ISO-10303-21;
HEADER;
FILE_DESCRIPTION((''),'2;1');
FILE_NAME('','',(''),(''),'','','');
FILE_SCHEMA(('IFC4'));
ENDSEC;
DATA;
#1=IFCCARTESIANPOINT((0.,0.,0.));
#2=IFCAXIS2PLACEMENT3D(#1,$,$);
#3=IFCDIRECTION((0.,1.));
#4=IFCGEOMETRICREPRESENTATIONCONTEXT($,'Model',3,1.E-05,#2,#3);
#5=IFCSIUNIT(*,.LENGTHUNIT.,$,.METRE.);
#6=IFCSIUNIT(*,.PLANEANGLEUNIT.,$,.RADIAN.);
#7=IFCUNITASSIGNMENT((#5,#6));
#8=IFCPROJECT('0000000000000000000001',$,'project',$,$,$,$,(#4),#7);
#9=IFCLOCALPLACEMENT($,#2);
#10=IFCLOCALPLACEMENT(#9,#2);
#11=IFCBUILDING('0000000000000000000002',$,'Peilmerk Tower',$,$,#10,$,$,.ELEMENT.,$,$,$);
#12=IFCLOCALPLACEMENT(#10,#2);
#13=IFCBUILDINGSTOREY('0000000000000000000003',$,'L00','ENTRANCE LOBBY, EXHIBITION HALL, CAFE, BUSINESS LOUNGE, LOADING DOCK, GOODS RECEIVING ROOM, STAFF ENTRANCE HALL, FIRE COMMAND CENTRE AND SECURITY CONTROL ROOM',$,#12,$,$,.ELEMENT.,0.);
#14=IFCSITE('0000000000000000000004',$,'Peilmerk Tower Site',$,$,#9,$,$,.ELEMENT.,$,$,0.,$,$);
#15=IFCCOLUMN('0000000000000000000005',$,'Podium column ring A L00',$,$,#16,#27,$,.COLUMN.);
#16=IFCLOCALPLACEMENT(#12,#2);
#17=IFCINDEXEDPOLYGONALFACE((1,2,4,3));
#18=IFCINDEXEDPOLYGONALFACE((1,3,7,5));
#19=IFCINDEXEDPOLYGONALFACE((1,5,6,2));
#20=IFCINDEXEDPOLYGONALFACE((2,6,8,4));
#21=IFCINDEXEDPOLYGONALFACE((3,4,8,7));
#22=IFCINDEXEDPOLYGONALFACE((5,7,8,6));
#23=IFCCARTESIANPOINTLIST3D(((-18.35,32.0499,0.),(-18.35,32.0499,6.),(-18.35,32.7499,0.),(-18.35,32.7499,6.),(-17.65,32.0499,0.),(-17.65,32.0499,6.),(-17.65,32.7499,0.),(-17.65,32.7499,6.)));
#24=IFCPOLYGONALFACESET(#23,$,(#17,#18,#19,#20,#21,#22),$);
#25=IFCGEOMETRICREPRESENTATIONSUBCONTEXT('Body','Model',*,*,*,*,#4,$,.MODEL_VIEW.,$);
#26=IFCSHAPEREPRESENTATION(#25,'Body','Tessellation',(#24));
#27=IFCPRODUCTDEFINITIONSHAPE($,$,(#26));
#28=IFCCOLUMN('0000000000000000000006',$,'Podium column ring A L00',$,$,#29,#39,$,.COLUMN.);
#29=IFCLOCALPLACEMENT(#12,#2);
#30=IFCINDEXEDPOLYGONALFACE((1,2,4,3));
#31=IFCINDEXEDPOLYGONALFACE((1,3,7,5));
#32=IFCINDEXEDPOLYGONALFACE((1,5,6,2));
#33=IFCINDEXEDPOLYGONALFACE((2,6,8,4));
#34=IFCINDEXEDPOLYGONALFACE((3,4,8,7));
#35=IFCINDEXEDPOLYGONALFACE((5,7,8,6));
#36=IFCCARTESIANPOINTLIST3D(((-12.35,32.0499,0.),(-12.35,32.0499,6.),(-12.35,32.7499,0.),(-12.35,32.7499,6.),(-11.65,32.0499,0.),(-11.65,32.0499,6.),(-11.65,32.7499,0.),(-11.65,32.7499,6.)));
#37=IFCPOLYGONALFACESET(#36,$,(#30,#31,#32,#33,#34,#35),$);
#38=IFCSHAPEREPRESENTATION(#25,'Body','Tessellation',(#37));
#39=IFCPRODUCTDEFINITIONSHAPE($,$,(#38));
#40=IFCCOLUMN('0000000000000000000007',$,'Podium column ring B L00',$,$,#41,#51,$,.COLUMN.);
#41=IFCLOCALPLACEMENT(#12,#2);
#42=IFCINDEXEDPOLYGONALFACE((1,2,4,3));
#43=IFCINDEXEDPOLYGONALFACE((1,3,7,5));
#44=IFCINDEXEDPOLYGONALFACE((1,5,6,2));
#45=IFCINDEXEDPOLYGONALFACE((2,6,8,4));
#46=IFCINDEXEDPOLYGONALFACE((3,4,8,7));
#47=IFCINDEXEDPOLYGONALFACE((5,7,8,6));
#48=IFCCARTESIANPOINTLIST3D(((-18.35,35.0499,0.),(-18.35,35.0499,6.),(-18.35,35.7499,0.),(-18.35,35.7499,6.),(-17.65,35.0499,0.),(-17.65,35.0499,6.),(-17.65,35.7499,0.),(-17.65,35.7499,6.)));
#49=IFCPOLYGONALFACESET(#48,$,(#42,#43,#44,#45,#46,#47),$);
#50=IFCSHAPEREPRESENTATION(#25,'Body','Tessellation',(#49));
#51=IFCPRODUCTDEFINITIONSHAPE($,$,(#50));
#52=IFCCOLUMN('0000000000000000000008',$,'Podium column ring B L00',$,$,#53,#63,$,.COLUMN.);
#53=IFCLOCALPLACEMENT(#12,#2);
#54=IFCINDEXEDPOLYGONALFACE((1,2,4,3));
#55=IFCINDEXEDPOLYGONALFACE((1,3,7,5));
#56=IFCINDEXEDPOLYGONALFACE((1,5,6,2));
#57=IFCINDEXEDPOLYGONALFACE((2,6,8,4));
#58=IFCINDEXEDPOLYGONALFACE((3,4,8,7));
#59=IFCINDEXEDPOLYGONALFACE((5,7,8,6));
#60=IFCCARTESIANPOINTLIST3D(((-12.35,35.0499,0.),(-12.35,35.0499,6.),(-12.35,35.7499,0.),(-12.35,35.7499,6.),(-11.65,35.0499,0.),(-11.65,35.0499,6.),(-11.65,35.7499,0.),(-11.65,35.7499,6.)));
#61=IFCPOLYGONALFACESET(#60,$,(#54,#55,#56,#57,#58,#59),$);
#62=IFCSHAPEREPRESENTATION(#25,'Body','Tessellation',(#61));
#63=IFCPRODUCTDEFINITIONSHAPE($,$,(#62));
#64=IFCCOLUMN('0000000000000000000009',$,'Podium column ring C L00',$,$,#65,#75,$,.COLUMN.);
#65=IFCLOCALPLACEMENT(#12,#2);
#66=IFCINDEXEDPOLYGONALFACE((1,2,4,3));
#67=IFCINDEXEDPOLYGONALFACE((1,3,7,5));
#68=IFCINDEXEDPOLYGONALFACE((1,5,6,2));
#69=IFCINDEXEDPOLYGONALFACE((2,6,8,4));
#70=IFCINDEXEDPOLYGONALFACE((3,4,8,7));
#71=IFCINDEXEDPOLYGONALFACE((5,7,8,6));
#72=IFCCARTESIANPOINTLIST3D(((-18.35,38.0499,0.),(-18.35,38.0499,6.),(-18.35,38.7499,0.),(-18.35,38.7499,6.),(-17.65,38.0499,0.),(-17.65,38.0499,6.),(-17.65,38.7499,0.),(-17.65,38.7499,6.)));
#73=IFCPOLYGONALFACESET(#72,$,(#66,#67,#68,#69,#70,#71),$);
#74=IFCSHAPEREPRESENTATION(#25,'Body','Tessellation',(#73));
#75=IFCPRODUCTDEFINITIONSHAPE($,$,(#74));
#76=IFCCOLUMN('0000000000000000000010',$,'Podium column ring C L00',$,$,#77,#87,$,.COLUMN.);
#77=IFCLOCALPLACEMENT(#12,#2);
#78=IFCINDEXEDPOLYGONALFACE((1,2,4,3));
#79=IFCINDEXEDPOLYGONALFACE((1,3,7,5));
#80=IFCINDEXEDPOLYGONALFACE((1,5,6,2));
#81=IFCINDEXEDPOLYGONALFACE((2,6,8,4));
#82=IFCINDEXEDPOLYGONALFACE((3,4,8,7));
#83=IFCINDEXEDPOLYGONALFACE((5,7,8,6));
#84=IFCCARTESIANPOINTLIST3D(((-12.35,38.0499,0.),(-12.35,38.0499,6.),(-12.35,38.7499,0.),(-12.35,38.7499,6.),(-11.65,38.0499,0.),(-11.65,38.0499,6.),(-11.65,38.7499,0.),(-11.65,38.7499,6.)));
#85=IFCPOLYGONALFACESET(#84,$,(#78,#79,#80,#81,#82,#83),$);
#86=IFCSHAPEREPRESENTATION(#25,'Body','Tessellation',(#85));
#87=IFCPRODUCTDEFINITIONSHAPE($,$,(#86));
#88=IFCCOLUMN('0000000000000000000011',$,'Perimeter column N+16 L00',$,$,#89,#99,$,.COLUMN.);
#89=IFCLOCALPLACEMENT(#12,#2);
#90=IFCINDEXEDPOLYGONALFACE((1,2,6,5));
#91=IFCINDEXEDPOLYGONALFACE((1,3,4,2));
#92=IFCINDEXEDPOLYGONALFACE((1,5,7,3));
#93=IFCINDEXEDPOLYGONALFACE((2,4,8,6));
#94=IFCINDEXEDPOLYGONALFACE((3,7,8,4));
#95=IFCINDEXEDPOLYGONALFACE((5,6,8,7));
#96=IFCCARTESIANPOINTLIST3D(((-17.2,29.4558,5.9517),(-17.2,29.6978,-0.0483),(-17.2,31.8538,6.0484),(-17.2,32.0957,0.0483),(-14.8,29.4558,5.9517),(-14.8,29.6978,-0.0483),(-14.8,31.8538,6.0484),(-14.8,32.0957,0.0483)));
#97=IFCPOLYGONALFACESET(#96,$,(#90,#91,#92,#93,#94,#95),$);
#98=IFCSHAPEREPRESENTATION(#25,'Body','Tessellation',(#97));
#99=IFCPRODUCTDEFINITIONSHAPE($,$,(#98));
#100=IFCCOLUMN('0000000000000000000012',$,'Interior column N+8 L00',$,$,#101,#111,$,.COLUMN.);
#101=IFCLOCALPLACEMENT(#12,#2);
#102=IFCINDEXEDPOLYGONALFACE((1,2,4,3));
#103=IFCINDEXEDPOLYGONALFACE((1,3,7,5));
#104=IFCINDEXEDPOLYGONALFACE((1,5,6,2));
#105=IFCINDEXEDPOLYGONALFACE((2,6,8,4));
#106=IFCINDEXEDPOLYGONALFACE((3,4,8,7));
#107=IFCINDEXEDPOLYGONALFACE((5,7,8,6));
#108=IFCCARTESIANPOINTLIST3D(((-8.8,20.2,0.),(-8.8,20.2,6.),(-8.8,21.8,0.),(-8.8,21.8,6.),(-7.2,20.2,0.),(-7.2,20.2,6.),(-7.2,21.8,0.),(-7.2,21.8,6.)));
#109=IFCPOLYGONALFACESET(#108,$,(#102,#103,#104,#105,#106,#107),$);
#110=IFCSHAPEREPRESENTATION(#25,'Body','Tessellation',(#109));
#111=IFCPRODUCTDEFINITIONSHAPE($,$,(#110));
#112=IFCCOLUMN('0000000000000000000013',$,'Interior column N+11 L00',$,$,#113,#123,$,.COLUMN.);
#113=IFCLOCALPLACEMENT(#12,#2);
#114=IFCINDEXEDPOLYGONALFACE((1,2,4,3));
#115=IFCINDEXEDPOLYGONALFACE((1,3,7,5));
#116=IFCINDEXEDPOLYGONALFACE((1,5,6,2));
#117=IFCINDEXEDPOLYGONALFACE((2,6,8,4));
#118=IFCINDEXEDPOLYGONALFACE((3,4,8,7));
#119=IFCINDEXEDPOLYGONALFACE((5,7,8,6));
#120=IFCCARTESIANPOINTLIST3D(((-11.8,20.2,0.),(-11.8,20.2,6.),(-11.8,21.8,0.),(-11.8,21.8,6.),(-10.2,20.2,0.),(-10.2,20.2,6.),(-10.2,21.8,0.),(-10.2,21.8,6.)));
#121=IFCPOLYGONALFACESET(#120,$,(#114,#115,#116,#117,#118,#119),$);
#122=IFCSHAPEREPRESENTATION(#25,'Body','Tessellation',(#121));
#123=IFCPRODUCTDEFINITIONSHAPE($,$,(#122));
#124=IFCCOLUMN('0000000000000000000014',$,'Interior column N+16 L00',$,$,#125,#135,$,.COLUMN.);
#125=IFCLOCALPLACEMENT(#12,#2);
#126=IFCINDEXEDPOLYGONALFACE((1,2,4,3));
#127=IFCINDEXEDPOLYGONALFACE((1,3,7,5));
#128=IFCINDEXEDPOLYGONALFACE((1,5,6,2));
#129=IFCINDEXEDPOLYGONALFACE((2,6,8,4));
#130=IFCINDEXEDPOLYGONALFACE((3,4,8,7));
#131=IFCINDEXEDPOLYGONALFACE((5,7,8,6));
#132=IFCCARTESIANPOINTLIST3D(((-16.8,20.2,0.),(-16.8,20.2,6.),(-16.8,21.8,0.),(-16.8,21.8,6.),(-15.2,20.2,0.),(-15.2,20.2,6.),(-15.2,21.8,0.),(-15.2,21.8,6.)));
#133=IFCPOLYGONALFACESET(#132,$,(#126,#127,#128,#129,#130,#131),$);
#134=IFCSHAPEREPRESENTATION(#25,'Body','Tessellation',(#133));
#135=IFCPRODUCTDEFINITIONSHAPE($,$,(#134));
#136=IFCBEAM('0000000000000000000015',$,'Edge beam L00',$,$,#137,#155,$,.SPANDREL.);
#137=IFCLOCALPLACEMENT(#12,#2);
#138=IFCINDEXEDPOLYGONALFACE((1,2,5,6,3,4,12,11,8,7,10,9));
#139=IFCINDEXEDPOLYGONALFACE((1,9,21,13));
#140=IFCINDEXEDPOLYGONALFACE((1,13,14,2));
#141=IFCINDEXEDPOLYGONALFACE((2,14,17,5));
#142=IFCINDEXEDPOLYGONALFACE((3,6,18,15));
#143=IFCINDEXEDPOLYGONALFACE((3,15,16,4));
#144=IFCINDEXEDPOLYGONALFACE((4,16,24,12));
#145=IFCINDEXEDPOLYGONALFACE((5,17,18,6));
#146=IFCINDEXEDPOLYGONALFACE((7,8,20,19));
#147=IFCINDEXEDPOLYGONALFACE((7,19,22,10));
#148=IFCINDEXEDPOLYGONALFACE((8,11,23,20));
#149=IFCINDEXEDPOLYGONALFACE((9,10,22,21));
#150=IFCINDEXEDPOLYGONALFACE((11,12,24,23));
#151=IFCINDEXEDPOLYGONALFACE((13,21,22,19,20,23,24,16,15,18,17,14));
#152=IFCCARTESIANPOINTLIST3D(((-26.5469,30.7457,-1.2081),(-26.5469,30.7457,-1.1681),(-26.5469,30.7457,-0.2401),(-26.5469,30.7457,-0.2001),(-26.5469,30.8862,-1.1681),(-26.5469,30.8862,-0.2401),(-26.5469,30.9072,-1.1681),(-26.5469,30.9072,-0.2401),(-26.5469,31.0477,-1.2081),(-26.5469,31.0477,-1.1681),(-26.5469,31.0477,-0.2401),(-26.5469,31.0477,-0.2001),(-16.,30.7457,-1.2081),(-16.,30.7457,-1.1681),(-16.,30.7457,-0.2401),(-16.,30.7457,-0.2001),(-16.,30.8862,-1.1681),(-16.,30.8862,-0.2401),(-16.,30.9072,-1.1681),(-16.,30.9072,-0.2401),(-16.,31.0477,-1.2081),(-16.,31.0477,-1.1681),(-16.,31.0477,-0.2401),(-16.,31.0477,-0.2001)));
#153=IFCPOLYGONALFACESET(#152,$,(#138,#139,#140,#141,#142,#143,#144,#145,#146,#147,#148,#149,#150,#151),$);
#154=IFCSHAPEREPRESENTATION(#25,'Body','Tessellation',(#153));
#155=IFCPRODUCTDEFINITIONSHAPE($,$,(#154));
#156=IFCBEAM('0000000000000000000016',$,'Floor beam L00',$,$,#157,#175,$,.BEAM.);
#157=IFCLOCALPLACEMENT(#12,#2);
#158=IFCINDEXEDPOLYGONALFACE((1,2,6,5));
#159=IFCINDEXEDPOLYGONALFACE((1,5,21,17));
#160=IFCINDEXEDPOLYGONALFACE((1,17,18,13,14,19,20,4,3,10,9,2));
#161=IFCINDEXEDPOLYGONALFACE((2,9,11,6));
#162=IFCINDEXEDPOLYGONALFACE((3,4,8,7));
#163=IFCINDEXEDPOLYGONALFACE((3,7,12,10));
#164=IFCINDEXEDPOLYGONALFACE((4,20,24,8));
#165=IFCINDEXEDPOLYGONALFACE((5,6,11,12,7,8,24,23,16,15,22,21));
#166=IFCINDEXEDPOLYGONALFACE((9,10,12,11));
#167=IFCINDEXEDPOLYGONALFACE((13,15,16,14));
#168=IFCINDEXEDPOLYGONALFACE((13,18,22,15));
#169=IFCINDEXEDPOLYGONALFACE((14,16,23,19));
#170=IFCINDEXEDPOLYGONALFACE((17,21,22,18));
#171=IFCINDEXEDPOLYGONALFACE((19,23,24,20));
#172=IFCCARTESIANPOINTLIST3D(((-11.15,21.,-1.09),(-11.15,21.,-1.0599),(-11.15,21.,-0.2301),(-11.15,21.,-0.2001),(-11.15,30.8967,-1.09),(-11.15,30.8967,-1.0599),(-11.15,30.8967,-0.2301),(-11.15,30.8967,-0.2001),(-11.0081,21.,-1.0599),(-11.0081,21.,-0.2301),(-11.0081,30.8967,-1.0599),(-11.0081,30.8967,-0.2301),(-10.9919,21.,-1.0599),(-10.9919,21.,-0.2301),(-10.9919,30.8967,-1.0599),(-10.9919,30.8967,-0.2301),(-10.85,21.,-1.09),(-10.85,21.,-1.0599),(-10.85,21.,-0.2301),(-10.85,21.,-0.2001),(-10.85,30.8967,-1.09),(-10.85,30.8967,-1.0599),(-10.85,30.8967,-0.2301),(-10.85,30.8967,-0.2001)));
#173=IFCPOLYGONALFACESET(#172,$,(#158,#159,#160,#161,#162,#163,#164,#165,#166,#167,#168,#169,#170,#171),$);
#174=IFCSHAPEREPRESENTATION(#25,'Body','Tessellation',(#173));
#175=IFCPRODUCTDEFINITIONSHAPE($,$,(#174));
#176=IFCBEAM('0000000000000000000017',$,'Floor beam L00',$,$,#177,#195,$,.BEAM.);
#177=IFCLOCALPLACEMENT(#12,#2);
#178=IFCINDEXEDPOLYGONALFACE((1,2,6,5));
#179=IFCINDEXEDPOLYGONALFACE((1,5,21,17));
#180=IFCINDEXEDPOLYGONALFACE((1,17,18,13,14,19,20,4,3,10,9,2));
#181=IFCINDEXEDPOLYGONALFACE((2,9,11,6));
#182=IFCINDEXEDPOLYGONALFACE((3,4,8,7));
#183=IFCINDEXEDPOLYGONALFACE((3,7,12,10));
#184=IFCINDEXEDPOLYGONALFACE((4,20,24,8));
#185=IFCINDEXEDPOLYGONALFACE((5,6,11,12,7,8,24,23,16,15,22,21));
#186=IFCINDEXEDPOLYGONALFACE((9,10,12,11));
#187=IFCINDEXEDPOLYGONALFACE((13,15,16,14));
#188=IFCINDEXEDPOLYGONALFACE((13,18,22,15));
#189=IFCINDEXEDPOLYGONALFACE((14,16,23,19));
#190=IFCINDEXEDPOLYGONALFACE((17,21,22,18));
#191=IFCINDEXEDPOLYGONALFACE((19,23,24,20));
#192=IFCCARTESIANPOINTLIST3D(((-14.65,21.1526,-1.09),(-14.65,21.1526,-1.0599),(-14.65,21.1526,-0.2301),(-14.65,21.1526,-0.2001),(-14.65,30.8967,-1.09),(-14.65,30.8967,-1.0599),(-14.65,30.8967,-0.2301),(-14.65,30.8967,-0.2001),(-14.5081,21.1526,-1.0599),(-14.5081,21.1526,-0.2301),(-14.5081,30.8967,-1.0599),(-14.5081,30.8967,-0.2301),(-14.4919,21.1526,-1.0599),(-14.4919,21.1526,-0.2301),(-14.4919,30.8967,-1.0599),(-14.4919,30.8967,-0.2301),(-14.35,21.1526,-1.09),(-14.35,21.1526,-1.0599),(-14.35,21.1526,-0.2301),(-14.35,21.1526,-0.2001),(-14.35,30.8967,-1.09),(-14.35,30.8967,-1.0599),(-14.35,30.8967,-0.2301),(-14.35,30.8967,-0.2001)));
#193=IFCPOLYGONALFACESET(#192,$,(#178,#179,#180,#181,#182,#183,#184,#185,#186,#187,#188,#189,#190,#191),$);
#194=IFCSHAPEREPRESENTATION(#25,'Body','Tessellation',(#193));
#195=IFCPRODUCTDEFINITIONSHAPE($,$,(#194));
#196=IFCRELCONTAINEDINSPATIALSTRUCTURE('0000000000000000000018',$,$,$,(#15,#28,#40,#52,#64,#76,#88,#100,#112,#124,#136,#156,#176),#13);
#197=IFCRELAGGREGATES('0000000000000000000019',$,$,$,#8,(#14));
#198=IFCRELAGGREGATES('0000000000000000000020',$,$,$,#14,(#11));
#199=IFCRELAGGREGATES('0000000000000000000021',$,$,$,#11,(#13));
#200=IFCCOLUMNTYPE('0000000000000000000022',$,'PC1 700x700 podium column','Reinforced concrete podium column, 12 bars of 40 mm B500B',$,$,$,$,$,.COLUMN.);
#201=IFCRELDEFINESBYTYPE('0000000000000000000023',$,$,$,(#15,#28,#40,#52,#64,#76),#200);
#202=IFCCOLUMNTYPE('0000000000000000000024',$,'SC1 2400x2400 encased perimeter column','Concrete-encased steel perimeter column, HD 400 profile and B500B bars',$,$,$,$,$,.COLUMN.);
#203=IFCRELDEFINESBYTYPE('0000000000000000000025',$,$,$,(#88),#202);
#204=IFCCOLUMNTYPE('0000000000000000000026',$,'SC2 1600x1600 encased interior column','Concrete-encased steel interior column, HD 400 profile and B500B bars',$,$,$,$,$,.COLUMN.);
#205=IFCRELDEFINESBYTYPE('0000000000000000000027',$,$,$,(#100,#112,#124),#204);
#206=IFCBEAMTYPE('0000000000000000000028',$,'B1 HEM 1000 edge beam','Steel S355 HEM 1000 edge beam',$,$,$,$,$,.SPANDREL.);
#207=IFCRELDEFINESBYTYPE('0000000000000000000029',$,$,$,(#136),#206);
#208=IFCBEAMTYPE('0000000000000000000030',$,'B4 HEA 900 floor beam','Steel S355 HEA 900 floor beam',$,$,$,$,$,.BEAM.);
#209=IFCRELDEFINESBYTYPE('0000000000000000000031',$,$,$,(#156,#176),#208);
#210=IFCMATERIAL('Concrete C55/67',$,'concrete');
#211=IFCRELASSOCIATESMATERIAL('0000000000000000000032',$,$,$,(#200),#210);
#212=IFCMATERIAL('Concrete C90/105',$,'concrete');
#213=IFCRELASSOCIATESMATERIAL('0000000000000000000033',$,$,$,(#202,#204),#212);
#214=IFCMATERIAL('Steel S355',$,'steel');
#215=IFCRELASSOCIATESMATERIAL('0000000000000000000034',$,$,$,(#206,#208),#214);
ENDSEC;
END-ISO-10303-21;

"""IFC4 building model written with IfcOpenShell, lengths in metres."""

from ifc_helpers import new_model, si_unit, direction, frame, origin, origin_2d, place, context, subcontext, project, spatial, rectangle, i_section, extrude, material, material_profile, profile_set, type_object, element, save


model = new_model("IFC4")

# Units and contexts
model_context = context("Model", 3, precision=1e-05, world=origin(), true_north=direction((0.0, 1.0)))
body_context = subcontext(model_context, "Body", "Model", "MODEL_VIEW")
ifc_project = project(units=[si_unit("LENGTHUNIT", "METRE"), si_unit("PLANEANGLEUNIT", "RADIAN")], contexts=[model_context])

# Site, building, storey
site_placement = place(None, origin())
site = spatial("IfcSite", under=ifc_project, at=site_placement, Name="Peilmerk Tower Site", CompositionType="ELEMENT", RefElevation=0.0)
building_placement = place(site_placement, origin())
building = spatial("IfcBuilding", under=site, at=building_placement, Name="Peilmerk Tower", CompositionType="ELEMENT")
storey_placement = place(building_placement, origin())
storey = spatial("IfcBuildingStorey", under=building, at=storey_placement, Name="L00", Description="ENTRANCE LOBBY, EXHIBITION HALL, CAFE, BUSINESS LOUNGE, LOADING DOCK, GOODS RECEIVING ROOM, STAFF ENTRANCE HALL, FIRE COMMAND CENTRE AND SECURITY CONTROL ROOM", CompositionType="ELEMENT", Elevation=0.0)

# Columns
ifc_material_1 = material(Name="Concrete C55/67", Category="concrete")
ifc_material_profile_1 = material_profile(ifc_material_1, rectangle(XDim=0.7, YDim=0.7, at=origin_2d()), Name="RC 700x700")
ifc_profile_set_1 = profile_set([ifc_material_profile_1], Name="Concrete C55/67")
column_type_1 = type_object("IfcColumnType", Name="PC1 700x700 podium column", Description="Reinforced concrete podium column, 12 bars of 40 mm B500B", PredefinedType="COLUMN", material=ifc_profile_set_1)
for number, where, z_axis, x_axis, name in (
    (1, (-18.0, 32.3999, 0.0), (0.0, 0.0, 1.0), (1.0, 0.0, 0.0), "Podium column ring A L00"),
    (2, (-12.0, 32.3999, 0.0), (0.0, 0.0, 1.0), (1.0, 0.0, 0.0), "Podium column ring A L00"),
    (3, (-18.0, 35.3999, 0.0), (0.0, 0.0, 1.0), (1.0, 0.0, 0.0), "Podium column ring B L00"),
    (4, (-12.0, 35.3999, 0.0), (0.0, 0.0, 1.0), (1.0, 0.0, 0.0), "Podium column ring B L00"),
    (5, (-18.0, 38.3999, 0.0), (0.0, 0.0, 1.0), (1.0, 0.0, 0.0), "Podium column ring C L00"),
    (6, (-12.0, 38.3999, 0.0), (0.0, 0.0, 1.0), (1.0, 0.0, 0.0), "Podium column ring C L00"),
):
    element("IfcColumn", number, at=place(storey_placement, frame(where, z_axis=z_axis, x_axis=x_axis)), inside=storey, type_object=column_type_1, Name=name, PredefinedType="COLUMN", context=body_context, shape_type="SweptSolid", body=[
        extrude(rectangle(XDim=0.7, YDim=0.7, at=origin_2d()), origin(), (0.0, 0.0, 1.0), 6.0),
    ])
ifc_material_2 = material(Name="Concrete C90/105", Category="concrete")
ifc_material_profile_2 = material_profile(ifc_material_2, rectangle(XDim=2.3999, YDim=2.3999, at=origin_2d()), Name="RC 2400x2400")
ifc_profile_set_2 = profile_set([ifc_material_profile_2], Name="Concrete C90/105")
column_type_2 = type_object("IfcColumnType", Name="SC1 2400x2400 encased perimeter column", Description="Concrete-encased steel perimeter column, HD 400 profile and B500B bars", PredefinedType="COLUMN", material=ifc_profile_set_2)
column_placement = place(storey_placement, frame((-16.0, 30.8967, 0.0), z_axis=(0.0, -0.040291, 0.999188), x_axis=(1.0, 0.0, 0.0)))
element("IfcColumn", 7, at=column_placement, inside=storey, type_object=column_type_2, Name="Perimeter column N+16 L00", PredefinedType="COLUMN", context=body_context, shape_type="SweptSolid", body=[
    extrude(rectangle(XDim=2.3999, YDim=2.3999, at=origin_2d()), origin(), (0.0, 0.0, 1.0), 6.0049),
])
ifc_material_profile_3 = material_profile(ifc_material_2, rectangle(XDim=1.6001, YDim=1.6001, at=origin_2d()), Name="RC 1600x1600")
ifc_profile_set_3 = profile_set([ifc_material_profile_3], Name="Concrete C90/105")
column_type_3 = type_object("IfcColumnType", Name="SC2 1600x1600 encased interior column", Description="Concrete-encased steel interior column, HD 400 profile and B500B bars", PredefinedType="COLUMN", material=ifc_profile_set_3)
for number, where, z_axis, x_axis, name in (
    (8, (-8.0, 21.0, 0.0), (0.0, 0.0, 1.0), (1.0, 0.0, 0.0), "Interior column N+8 L00"),
    (9, (-11.0, 21.0, 0.0), (0.0, 0.0, 1.0), (1.0, 0.0, 0.0), "Interior column N+11 L00"),
    (10, (-16.0, 21.0, 0.0), (0.0, 0.0, 1.0), (1.0, 0.0, 0.0), "Interior column N+16 L00"),
):
    element("IfcColumn", number, at=place(storey_placement, frame(where, z_axis=z_axis, x_axis=x_axis)), inside=storey, type_object=column_type_3, Name=name, PredefinedType="COLUMN", context=body_context, shape_type="SweptSolid", body=[
        extrude(rectangle(XDim=1.6001, YDim=1.6001, at=origin_2d()), origin(), (0.0, 0.0, 1.0), 6.0),
    ])

# Beams
ifc_material_3 = material(Name="Steel S355", Category="steel")
ifc_material_profile_4 = material_profile(ifc_material_3, i_section(OverallWidth=0.302, OverallDepth=1.0081, WebThickness=0.021, FlangeThickness=0.04, at=origin_2d()), Name="HEM 1000")
ifc_profile_set_4 = profile_set([ifc_material_profile_4], Name="Steel S355")
beam_type_1 = type_object("IfcBeamType", Name="B1 HEM 1000 edge beam", Description="Steel S355 HEM 1000 edge beam", PredefinedType="SPANDREL", material=ifc_profile_set_4)
beam_1_placement = place(storey_placement, frame((-16.0, 30.8967, -0.7041), z_axis=(-1.0, 0.0, 0.0), x_axis=(0.0, -1.0, 0.0)))
element("IfcBeam", 11, at=beam_1_placement, inside=storey, type_object=beam_type_1, Name="Edge beam L00", PredefinedType="SPANDREL", context=body_context, shape_type="SweptSolid", body=[
    extrude(i_section(OverallWidth=0.302, OverallDepth=1.0081, WebThickness=0.021, FlangeThickness=0.04, at=origin_2d()), origin(), (0.0, 0.0, 1.0), 10.5469),
])
ifc_material_profile_5 = material_profile(ifc_material_3, i_section(OverallWidth=0.3, OverallDepth=0.8899, WebThickness=0.0161, FlangeThickness=0.03, at=origin_2d()), Name="HEA 900")
ifc_profile_set_5 = profile_set([ifc_material_profile_5], Name="Steel S355")
beam_type_2 = type_object("IfcBeamType", Name="B4 HEA 900 floor beam", Description="Steel S355 HEA 900 floor beam", PredefinedType="BEAM", material=ifc_profile_set_5)
beam_2_placement = place(storey_placement, frame((-11.0, 21.0, -0.645), z_axis=(0.0, 1.0, 0.0), x_axis=(-1.0, 0.0, 0.0)))
element("IfcBeam", 12, at=beam_2_placement, inside=storey, type_object=beam_type_2, Name="Floor beam L00", PredefinedType="BEAM", context=body_context, shape_type="SweptSolid", body=[
    extrude(i_section(OverallWidth=0.3, OverallDepth=0.8899, WebThickness=0.0161, FlangeThickness=0.03, at=origin_2d()), origin(), (0.0, 0.0, 1.0), 9.8967),
])
for number, where, z_axis, x_axis, name in (
    (13, (-14.5, 21.1526, -0.645), (0.0, 1.0, 0.0), (-1.0, 0.0, 0.0), "Floor beam L00"),
):
    element("IfcBeam", number, at=place(storey_placement, frame(where, z_axis=z_axis, x_axis=x_axis)), inside=storey, type_object=beam_type_2, Name=name, PredefinedType="BEAM", context=body_context, shape_type="SweptSolid", body=[
        extrude(i_section(OverallWidth=0.3, OverallDepth=0.8899, WebThickness=0.0161, FlangeThickness=0.03, at=origin_2d()), origin(), (0.0, 0.0, 1.0), 9.7441),
    ])

save(model, "model.ifc")
